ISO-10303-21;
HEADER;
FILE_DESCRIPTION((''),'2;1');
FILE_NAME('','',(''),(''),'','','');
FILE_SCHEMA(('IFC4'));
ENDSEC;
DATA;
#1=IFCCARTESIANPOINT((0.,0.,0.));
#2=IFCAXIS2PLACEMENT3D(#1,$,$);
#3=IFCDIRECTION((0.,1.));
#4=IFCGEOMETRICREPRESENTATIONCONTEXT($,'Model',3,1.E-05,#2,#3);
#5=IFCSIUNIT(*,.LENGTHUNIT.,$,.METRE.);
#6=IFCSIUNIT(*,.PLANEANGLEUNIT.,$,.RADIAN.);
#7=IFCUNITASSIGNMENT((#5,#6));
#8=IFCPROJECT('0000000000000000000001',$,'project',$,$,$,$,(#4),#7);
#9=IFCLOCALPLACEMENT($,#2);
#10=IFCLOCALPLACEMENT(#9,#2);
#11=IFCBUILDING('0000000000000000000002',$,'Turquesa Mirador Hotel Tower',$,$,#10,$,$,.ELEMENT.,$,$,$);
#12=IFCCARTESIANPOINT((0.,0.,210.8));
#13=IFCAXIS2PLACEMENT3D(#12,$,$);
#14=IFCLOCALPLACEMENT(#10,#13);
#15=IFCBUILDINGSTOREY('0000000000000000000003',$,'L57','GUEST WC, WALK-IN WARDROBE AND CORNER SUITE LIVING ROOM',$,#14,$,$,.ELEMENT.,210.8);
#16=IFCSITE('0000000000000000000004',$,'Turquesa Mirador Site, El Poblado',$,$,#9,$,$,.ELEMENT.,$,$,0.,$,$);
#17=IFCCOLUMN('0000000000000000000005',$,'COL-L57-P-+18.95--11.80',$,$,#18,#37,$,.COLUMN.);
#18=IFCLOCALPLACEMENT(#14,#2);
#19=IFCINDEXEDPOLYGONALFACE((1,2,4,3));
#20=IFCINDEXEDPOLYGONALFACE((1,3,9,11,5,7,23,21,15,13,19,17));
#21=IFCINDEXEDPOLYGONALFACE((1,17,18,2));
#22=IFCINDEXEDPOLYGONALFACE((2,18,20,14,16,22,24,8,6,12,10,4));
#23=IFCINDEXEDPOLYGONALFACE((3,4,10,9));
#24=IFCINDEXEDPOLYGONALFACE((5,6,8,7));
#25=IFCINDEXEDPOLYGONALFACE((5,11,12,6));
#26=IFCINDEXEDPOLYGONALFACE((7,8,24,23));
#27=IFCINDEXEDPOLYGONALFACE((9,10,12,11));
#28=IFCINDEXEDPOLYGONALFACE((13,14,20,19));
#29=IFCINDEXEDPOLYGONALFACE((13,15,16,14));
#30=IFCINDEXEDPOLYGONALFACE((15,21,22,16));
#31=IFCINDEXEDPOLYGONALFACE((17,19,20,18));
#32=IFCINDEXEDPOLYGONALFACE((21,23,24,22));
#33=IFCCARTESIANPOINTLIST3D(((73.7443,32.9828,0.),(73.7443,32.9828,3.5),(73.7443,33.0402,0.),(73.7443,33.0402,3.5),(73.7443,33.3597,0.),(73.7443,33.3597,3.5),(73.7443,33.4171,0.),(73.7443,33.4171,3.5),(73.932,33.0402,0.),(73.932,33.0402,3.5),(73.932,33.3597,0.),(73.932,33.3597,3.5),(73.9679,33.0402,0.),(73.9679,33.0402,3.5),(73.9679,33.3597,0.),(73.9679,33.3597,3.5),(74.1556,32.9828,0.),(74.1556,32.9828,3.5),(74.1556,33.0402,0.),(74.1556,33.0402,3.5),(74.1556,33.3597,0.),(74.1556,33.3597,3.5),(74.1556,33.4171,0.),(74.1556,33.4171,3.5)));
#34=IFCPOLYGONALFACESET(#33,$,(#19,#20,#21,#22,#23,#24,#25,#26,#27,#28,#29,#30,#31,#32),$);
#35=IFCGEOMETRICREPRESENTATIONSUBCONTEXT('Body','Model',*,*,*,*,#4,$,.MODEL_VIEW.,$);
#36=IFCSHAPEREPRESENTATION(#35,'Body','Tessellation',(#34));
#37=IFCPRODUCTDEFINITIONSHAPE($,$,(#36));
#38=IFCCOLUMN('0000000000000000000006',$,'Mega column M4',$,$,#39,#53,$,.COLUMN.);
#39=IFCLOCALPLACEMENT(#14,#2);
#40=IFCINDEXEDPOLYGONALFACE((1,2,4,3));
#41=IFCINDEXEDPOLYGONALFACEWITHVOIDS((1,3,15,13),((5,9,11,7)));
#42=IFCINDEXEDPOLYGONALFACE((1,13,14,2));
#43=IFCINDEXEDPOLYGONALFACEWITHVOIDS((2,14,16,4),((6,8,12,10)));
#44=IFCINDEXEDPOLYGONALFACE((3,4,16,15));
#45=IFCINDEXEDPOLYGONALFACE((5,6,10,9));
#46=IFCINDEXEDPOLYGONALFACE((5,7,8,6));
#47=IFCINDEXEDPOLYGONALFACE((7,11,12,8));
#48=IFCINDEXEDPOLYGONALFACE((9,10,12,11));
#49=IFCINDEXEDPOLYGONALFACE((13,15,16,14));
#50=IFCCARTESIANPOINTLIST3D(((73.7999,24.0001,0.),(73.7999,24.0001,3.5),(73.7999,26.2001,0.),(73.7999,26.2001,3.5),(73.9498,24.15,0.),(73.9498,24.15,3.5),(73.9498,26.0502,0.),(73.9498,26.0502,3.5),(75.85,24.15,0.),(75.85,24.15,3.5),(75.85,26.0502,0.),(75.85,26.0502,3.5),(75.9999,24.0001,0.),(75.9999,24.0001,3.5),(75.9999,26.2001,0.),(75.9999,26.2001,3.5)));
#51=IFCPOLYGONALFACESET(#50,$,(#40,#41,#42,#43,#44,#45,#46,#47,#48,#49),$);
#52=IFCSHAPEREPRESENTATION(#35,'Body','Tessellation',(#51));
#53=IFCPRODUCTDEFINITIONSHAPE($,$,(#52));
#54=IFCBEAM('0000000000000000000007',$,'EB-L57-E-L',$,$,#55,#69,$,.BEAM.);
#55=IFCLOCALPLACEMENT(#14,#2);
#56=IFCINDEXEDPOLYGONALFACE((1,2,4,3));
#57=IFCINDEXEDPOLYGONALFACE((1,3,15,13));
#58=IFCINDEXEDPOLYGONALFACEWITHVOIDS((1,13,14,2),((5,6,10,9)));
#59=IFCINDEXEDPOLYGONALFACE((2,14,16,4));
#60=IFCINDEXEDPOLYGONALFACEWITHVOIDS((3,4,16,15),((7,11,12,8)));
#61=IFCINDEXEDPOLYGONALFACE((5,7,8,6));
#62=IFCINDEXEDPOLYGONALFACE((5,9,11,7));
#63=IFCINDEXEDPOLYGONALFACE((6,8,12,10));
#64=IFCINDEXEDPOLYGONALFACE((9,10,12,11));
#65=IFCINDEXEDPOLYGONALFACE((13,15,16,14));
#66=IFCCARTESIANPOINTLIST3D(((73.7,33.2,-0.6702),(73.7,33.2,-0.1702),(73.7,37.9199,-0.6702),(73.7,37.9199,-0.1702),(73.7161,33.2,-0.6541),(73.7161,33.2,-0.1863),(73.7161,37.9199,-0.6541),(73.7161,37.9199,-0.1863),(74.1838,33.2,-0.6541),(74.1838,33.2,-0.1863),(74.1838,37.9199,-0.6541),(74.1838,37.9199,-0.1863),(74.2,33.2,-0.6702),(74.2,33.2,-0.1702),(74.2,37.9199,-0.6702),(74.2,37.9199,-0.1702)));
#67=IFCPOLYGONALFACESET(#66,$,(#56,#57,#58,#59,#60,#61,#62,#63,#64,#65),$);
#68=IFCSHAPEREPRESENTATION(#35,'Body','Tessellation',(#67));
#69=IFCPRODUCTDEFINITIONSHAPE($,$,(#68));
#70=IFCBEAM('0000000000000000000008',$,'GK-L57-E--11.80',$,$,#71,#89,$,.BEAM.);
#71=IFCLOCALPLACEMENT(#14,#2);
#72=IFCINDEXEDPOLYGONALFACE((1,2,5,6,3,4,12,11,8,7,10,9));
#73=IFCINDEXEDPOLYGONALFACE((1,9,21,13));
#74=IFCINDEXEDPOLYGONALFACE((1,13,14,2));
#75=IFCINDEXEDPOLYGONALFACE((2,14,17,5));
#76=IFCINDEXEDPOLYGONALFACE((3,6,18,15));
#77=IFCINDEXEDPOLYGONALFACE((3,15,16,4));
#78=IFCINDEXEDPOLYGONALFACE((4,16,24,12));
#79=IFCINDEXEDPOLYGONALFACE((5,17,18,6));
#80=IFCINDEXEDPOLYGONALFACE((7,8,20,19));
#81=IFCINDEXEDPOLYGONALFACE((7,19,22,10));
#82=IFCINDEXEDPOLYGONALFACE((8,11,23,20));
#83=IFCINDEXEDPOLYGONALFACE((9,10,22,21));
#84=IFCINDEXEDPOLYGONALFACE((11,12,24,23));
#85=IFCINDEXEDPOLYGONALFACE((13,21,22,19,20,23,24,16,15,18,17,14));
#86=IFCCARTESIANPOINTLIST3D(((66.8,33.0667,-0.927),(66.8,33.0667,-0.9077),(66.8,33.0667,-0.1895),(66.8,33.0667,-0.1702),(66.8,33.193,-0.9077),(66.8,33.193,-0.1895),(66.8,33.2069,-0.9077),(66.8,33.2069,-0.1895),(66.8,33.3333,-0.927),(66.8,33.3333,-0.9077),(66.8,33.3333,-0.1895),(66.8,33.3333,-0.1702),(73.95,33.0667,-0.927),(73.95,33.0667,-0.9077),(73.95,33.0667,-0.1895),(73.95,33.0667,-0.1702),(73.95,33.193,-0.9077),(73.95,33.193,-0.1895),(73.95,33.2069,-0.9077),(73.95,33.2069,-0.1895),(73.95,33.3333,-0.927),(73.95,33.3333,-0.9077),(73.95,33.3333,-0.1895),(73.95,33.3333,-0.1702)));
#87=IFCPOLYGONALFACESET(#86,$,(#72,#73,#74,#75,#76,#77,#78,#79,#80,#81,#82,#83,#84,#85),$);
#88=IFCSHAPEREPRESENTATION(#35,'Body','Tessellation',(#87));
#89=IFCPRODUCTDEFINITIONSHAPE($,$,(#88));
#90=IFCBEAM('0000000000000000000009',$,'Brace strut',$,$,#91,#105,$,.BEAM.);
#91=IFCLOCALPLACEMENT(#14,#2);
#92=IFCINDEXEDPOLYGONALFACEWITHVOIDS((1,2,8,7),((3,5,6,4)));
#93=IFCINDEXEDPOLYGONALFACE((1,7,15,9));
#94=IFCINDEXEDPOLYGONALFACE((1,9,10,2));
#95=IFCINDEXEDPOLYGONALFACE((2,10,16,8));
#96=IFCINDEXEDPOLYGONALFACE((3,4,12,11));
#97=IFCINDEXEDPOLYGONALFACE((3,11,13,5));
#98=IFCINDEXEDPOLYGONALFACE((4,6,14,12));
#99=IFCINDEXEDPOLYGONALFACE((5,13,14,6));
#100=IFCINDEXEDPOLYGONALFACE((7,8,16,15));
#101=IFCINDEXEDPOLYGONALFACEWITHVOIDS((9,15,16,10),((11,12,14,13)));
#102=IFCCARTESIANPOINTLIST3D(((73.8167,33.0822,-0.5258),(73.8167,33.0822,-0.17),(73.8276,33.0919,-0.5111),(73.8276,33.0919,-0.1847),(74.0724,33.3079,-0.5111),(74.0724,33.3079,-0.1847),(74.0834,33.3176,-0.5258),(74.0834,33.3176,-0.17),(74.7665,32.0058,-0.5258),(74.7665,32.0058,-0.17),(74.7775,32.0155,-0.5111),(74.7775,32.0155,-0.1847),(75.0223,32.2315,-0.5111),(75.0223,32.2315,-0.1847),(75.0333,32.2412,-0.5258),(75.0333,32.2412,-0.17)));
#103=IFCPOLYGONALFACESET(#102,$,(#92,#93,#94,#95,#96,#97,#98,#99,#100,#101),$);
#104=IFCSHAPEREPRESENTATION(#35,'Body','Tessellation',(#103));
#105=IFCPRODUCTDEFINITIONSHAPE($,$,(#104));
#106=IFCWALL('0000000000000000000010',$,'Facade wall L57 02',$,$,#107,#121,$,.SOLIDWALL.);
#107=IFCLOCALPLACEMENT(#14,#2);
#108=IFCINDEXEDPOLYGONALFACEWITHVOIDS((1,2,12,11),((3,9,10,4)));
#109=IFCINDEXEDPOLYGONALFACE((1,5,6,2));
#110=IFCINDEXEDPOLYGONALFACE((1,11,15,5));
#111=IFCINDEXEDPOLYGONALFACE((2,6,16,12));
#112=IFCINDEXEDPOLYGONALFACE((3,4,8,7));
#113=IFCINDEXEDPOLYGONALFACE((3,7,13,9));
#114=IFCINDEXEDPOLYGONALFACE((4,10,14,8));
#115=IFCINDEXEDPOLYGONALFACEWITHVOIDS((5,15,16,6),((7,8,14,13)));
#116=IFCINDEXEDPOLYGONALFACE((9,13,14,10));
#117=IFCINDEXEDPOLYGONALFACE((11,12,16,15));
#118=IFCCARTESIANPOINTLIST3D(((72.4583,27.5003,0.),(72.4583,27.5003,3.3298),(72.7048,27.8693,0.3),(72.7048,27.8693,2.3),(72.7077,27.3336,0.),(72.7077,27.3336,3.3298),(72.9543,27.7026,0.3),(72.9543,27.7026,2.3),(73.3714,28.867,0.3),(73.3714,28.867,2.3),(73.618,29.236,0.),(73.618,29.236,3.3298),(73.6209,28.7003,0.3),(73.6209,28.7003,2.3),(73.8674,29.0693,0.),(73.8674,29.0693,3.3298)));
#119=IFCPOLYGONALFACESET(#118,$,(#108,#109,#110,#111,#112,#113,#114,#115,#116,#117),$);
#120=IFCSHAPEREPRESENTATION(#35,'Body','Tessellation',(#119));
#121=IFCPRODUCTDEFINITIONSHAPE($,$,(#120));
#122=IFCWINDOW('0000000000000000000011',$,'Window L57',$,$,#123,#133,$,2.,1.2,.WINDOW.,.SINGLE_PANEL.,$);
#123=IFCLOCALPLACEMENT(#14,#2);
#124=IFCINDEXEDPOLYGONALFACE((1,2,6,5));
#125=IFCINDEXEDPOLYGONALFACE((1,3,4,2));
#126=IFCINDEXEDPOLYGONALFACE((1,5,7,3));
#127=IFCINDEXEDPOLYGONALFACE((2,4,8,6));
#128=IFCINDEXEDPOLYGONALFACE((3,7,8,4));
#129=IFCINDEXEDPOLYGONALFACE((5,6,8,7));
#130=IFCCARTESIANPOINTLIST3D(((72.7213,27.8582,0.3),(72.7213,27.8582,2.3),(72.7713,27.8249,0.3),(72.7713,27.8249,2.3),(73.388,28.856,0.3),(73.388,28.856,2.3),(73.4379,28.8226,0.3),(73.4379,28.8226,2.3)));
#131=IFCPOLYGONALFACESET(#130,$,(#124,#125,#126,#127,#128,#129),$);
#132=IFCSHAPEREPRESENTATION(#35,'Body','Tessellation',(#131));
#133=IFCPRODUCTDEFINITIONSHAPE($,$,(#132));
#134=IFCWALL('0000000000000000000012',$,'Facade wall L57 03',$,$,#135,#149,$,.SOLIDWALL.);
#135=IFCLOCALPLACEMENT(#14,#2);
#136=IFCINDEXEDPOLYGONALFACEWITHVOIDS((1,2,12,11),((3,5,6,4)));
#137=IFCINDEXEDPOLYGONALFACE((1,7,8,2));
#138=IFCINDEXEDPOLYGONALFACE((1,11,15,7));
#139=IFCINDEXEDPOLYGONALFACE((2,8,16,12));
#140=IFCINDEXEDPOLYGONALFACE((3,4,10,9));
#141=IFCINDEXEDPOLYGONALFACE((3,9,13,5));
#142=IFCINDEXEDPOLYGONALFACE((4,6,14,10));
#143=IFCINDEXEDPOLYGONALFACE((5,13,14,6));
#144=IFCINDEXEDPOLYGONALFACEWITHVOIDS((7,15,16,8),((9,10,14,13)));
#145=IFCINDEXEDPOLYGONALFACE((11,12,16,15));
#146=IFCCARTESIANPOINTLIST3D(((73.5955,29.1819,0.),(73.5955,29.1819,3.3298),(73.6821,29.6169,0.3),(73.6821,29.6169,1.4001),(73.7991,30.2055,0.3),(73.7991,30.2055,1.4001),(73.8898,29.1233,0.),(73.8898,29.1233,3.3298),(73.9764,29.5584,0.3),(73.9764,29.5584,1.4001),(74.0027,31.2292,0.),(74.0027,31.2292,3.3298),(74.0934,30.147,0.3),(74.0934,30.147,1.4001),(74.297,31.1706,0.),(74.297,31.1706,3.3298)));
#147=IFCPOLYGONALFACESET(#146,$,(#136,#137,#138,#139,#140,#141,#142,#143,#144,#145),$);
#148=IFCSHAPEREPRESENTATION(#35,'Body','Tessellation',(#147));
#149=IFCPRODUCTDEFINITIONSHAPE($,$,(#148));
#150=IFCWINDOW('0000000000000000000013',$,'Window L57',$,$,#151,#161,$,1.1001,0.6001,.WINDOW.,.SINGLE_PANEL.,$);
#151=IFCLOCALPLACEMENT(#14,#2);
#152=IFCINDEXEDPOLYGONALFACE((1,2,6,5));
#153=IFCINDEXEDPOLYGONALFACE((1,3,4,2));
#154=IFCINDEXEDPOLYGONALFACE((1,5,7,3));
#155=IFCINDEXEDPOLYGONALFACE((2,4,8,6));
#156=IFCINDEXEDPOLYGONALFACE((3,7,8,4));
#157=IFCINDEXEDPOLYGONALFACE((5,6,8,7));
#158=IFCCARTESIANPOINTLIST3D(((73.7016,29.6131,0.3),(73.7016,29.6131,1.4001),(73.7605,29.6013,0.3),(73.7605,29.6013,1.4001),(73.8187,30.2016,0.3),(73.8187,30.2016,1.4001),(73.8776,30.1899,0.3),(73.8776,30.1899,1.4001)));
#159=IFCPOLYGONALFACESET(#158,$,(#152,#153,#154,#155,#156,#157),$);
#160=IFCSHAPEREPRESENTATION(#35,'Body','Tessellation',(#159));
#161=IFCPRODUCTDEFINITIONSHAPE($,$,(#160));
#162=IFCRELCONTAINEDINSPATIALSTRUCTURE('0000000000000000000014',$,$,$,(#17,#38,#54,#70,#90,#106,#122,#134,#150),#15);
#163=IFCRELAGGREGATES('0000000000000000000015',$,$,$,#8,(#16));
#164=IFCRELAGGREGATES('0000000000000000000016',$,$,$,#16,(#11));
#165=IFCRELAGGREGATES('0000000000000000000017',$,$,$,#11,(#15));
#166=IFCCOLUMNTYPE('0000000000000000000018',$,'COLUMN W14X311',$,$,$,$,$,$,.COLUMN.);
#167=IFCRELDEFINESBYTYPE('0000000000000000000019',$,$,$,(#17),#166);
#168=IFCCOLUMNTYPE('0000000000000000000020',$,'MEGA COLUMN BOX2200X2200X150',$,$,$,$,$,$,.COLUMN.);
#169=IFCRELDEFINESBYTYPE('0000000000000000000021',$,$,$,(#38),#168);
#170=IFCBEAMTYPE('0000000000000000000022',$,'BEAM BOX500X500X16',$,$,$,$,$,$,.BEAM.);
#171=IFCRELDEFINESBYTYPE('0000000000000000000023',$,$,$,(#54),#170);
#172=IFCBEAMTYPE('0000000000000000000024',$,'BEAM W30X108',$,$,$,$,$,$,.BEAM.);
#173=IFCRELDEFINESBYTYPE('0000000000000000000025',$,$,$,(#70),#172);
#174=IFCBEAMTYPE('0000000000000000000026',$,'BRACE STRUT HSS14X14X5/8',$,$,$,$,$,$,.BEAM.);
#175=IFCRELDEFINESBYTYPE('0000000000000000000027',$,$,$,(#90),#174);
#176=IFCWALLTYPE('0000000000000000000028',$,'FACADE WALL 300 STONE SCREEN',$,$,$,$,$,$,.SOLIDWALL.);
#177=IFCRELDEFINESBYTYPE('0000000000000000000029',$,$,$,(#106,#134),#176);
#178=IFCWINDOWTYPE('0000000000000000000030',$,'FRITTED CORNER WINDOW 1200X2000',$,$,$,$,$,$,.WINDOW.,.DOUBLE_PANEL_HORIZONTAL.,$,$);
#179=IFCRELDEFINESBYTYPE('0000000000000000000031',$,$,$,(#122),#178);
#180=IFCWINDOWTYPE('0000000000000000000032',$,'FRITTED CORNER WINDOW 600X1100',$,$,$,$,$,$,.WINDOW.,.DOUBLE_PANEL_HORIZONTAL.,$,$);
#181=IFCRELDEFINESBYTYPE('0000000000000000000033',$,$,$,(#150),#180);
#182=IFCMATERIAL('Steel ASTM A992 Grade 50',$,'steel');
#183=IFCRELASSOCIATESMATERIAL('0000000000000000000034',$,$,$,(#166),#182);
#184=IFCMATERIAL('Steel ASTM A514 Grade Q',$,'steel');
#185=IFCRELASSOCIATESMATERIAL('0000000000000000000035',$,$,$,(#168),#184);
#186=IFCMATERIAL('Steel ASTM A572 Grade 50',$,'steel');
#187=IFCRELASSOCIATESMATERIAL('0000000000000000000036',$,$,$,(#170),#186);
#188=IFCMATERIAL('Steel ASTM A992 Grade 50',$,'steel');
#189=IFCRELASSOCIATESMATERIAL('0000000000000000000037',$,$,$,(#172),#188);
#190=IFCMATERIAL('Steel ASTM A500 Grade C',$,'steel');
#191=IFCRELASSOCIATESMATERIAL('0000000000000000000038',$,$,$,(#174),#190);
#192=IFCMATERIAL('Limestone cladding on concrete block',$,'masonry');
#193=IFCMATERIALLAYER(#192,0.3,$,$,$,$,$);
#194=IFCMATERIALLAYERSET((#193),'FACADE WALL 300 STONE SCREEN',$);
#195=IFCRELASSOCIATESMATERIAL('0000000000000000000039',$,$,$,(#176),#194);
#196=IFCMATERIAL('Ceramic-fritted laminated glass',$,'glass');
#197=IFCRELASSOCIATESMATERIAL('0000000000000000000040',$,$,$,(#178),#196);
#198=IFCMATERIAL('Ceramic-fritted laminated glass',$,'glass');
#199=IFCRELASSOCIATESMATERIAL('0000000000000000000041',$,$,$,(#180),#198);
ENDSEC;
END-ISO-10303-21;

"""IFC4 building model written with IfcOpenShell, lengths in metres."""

from ifc_helpers import new_model, si_unit, direction, frame, frame_2d, origin, origin_2d, place, context, subcontext, project, spatial, rectangle, hollow_rectangle, i_section, extrude, material, layer, layer_set, material_profile, profile_set, type_object, element, fill, save


model = new_model("IFC4")

# Units and contexts
model_context = context("Model", 3, precision=1e-05, world=origin(), true_north=direction((0.0, 1.0)))
body_context = subcontext(model_context, "Body", "Model", "MODEL_VIEW")
ifc_project = project(units=[si_unit("LENGTHUNIT", "METRE"), si_unit("PLANEANGLEUNIT", "RADIAN")], contexts=[model_context])

# Site, building, storey
site_placement = place(None, origin())
site = spatial("IfcSite", under=ifc_project, at=site_placement, Name="Turquesa Mirador Site, El Poblado", CompositionType="ELEMENT", RefElevation=0.0)
building_placement = place(site_placement, origin())
building = spatial("IfcBuilding", under=site, at=building_placement, Name="Turquesa Mirador Hotel Tower", CompositionType="ELEMENT")
storey_placement = place(building_placement, frame((0.0, 0.0, 210.8)))
storey = spatial("IfcBuildingStorey", under=building, at=storey_placement, Name="L57", Description="GUEST WC, WALK-IN WARDROBE AND CORNER SUITE LIVING ROOM", CompositionType="ELEMENT", Elevation=210.8)

# Columns
ifc_material_1 = material(Name="Steel ASTM A992 Grade 50", Category="steel")
ifc_material_profile_1 = material_profile(ifc_material_1, i_section(OverallWidth=0.4114, OverallDepth=0.4343, WebThickness=0.0359, FlangeThickness=0.0574, at=origin_2d()), Name="W14X311")
ifc_profile_set_1 = profile_set([ifc_material_profile_1], Name="Steel ASTM A992 Grade 50")
column_type_1 = type_object("IfcColumnType", Name="COLUMN W14X311", PredefinedType="COLUMN", material=ifc_profile_set_1)
column_1_placement = place(storey_placement, frame((73.95, 33.2, 0.0), z_axis=(0.0, 0.0, 1.0), x_axis=(1.0, 0.0, 0.0)))
element("IfcColumn", 1, at=column_1_placement, inside=storey, type_object=column_type_1, Name="COL-L57-P-+18.95--11.80", PredefinedType="COLUMN", context=body_context, shape_type="SweptSolid", body=[
    extrude(i_section(OverallWidth=0.4114, OverallDepth=0.4343, WebThickness=0.0359, FlangeThickness=0.0574, at=origin_2d()), origin(), (0.0, 0.0, 1.0), 3.5),
])
ifc_material_2 = material(Name="Steel ASTM A514 Grade Q", Category="steel")
ifc_material_profile_2 = material_profile(ifc_material_2, hollow_rectangle(XDim=2.2, YDim=2.2, WallThickness=0.1499, at=origin_2d()), Name="BOX2200X2200X150")
ifc_profile_set_2 = profile_set([ifc_material_profile_2], Name="Steel ASTM A514 Grade Q")
column_type_2 = type_object("IfcColumnType", Name="MEGA COLUMN BOX2200X2200X150", PredefinedType="COLUMN", material=ifc_profile_set_2)
column_2_placement = place(storey_placement, frame((74.8999, 25.1001, 0.0), z_axis=(0.0, 0.0, 1.0), x_axis=(1.0, 0.0, 0.0)))
element("IfcColumn", 2, at=column_2_placement, inside=storey, type_object=column_type_2, Name="Mega column M4", PredefinedType="COLUMN", context=body_context, shape_type="SweptSolid", body=[
    extrude(hollow_rectangle(XDim=2.2, YDim=2.2, WallThickness=0.1499, at=origin_2d()), origin(), (0.0, 0.0, 1.0), 3.5),
])

# Beams
ifc_material_3 = material(Name="Steel ASTM A572 Grade 50", Category="steel")
ifc_material_profile_3 = material_profile(ifc_material_3, hollow_rectangle(XDim=0.5, YDim=0.5, WallThickness=0.0161, at=origin_2d()), Name="BOX500X500X16")
ifc_profile_set_3 = profile_set([ifc_material_profile_3], Name="Steel ASTM A572 Grade 50")
beam_type_1 = type_object("IfcBeamType", Name="BEAM BOX500X500X16", PredefinedType="BEAM", material=ifc_profile_set_3)
beam_1_placement = place(storey_placement, frame((73.95, 33.2, -0.4202), z_axis=(0.0, 1.0, 0.0), x_axis=(-1.0, 0.0, 0.0)))
element("IfcBeam", 3, at=beam_1_placement, inside=storey, type_object=beam_type_1, Name="EB-L57-E-L", PredefinedType="BEAM", context=body_context, shape_type="SweptSolid", body=[
    extrude(hollow_rectangle(XDim=0.5, YDim=0.5, WallThickness=0.0161, at=origin_2d()), origin(), (0.0, 0.0, 1.0), 4.72),
])
ifc_material_4 = material(Name="Steel ASTM A992 Grade 50", Category="steel")
ifc_material_profile_4 = material_profile(ifc_material_4, i_section(OverallWidth=0.2666, OverallDepth=0.7568, WebThickness=0.0139, FlangeThickness=0.0193, at=origin_2d()), Name="W30X108")
ifc_profile_set_4 = profile_set([ifc_material_profile_4], Name="Steel ASTM A992 Grade 50")
beam_type_2 = type_object("IfcBeamType", Name="BEAM W30X108", PredefinedType="BEAM", material=ifc_profile_set_4)
beam_2_placement = place(storey_placement, frame((73.95, 33.2, -0.5486), z_axis=(-1.0, 0.0, 0.0), x_axis=(0.0, -1.0, 0.0)))
element("IfcBeam", 4, at=beam_2_placement, inside=storey, type_object=beam_type_2, Name="GK-L57-E--11.80", PredefinedType="BEAM", context=body_context, shape_type="SweptSolid", body=[
    extrude(i_section(OverallWidth=0.2666, OverallDepth=0.7568, WebThickness=0.0139, FlangeThickness=0.0193, at=origin_2d()), origin(), (0.0, 0.0, 1.0), 7.1499),
])
ifc_material_5 = material(Name="Steel ASTM A500 Grade C", Category="steel")
ifc_material_profile_5 = material_profile(ifc_material_5, hollow_rectangle(XDim=0.3557, YDim=0.3557, WallThickness=0.0146, at=origin_2d()), Name="HSS14X14X5/8")
ifc_profile_set_5 = profile_set([ifc_material_profile_5], Name="Steel ASTM A500 Grade C")
beam_type_3 = type_object("IfcBeamType", Name="BRACE STRUT HSS14X14X5/8", PredefinedType="BEAM", material=ifc_profile_set_5)
beam_3_placement = place(storey_placement, frame((74.8999, 32.1235, -0.3479), z_axis=(-0.661689, 0.749778, 0.0), x_axis=(-0.749778, -0.661689, 0.0)))
element("IfcBeam", 5, at=beam_3_placement, inside=storey, type_object=beam_type_3, Name="Brace strut", PredefinedType="BEAM", context=body_context, shape_type="SweptSolid", body=[
    extrude(hollow_rectangle(XDim=0.3557, YDim=0.3557, WallThickness=0.0146, at=origin_2d()), origin(), (0.0, 0.0, 1.0), 1.4355),
])

# Walls, openings, windows
ifc_material_6 = material(Name="Limestone cladding on concrete block", Category="masonry")
ifc_layer = layer(ifc_material_6, 0.3)
ifc_layer_set = layer_set([ifc_layer], Name="FACADE WALL 300 STONE SCREEN")
wall_type = type_object("IfcWallType", Name="FACADE WALL 300 STONE SCREEN", PredefinedType="SOLIDWALL", material=ifc_layer_set)
wall_1_placement = place(storey_placement, frame((72.583, 27.417, 0.0), z_axis=(0.0, 0.0, 1.0), x_axis=(0.555564, 0.831474, 0.0)))
wall_1 = element("IfcWall", 6, at=wall_1_placement, inside=storey, type_object=wall_type, Name="Facade wall L57 02", PredefinedType="SOLIDWALL", context=body_context, shape_type="SweptSolid", body=[
    extrude(rectangle(XDim=2.0874, YDim=0.3, at=frame_2d((1.0437, 0.0))), origin(), (0.0, 0.0, 1.0), 3.3298),
])
opening_1_placement = place(wall_1_placement, frame((0.4436, 0.0, 0.3)))
opening_1 = element("IfcOpeningElement", 7, at=opening_1_placement, cuts=wall_1, PredefinedType="OPENING", context=body_context, shape_type="SweptSolid", body=[
    extrude(rectangle(XDim=1.2, YDim=2.0, at=frame_2d((0.6001, 1.0))), frame((0.0, 0.1599, 0.0), z_axis=(0.0, -1.0, 0.0), x_axis=(1.0, 0.0, 0.0)), (0.0, 0.0, 1.0), 0.3201),
])
ifc_material_7 = material(Name="Ceramic-fritted laminated glass", Category="glass")
window_type_1 = type_object("IfcWindowType", Name="FRITTED CORNER WINDOW 1200X2000", PartitioningType="DOUBLE_PANEL_HORIZONTAL", PredefinedType="WINDOW", material=ifc_material_7)
window_1_placement = place(opening_1_placement, origin())
window_1 = element("IfcWindow", 8, at=window_1_placement, inside=storey, type_object=window_type_1, Name="Window L57", OverallHeight=2.0, OverallWidth=1.2, PartitioningType="SINGLE_PANEL", PredefinedType="WINDOW", context=body_context, shape_type="SweptSolid", body=[
    extrude(rectangle(XDim=1.2, YDim=2.0, at=frame_2d((0.6001, 1.0))), frame((0.0, 0.1301, 0.0), z_axis=(0.0, -1.0, 0.0), x_axis=(1.0, 0.0, 0.0)), (0.0, 0.0, 1.0), 0.0601),
])
fill(opening_1, window_1)
wall_2_placement = place(storey_placement, frame((73.7427, 29.1526, 0.0), z_axis=(0.0, 0.0, 1.0), x_axis=(0.195081, 0.980787, 0.0)))
wall_2 = element("IfcWall", 9, at=wall_2_placement, inside=storey, type_object=wall_type, Name="Facade wall L57 03", PredefinedType="SOLIDWALL", context=body_context, shape_type="SweptSolid", body=[
    extrude(rectangle(XDim=2.0874, YDim=0.3, at=frame_2d((1.0437, 0.0))), origin(), (0.0, 0.0, 1.0), 3.3298),
])
opening_2_placement = place(wall_2_placement, frame((0.4436, 0.0, 0.3)))
opening_2 = element("IfcOpeningElement", 10, at=opening_2_placement, cuts=wall_2, PredefinedType="OPENING", context=body_context, shape_type="SweptSolid", body=[
    extrude(rectangle(XDim=0.6001, YDim=1.1001, at=frame_2d((0.3, 0.55))), frame((0.0, 0.1599, 0.0), z_axis=(0.0, -1.0, 0.0), x_axis=(1.0, 0.0, 0.0)), (0.0, 0.0, 1.0), 0.3201),
])
ifc_material_8 = material(Name="Ceramic-fritted laminated glass", Category="glass")
window_type_2 = type_object("IfcWindowType", Name="FRITTED CORNER WINDOW 600X1100", PartitioningType="DOUBLE_PANEL_HORIZONTAL", PredefinedType="WINDOW", material=ifc_material_8)
window_2_placement = place(opening_2_placement, origin())
window_2 = element("IfcWindow", 11, at=window_2_placement, inside=storey, type_object=window_type_2, Name="Window L57", OverallHeight=1.1001, OverallWidth=0.6001, PartitioningType="SINGLE_PANEL", PredefinedType="WINDOW", context=body_context, shape_type="SweptSolid", body=[
    extrude(rectangle(XDim=0.6001, YDim=1.1001, at=frame_2d((0.3, 0.55))), frame((0.0, 0.1301, 0.0), z_axis=(0.0, -1.0, 0.0), x_axis=(1.0, 0.0, 0.0)), (0.0, 0.0, 1.0), 0.0601),
])
fill(opening_2, window_2)

save(model, "model.ifc")
